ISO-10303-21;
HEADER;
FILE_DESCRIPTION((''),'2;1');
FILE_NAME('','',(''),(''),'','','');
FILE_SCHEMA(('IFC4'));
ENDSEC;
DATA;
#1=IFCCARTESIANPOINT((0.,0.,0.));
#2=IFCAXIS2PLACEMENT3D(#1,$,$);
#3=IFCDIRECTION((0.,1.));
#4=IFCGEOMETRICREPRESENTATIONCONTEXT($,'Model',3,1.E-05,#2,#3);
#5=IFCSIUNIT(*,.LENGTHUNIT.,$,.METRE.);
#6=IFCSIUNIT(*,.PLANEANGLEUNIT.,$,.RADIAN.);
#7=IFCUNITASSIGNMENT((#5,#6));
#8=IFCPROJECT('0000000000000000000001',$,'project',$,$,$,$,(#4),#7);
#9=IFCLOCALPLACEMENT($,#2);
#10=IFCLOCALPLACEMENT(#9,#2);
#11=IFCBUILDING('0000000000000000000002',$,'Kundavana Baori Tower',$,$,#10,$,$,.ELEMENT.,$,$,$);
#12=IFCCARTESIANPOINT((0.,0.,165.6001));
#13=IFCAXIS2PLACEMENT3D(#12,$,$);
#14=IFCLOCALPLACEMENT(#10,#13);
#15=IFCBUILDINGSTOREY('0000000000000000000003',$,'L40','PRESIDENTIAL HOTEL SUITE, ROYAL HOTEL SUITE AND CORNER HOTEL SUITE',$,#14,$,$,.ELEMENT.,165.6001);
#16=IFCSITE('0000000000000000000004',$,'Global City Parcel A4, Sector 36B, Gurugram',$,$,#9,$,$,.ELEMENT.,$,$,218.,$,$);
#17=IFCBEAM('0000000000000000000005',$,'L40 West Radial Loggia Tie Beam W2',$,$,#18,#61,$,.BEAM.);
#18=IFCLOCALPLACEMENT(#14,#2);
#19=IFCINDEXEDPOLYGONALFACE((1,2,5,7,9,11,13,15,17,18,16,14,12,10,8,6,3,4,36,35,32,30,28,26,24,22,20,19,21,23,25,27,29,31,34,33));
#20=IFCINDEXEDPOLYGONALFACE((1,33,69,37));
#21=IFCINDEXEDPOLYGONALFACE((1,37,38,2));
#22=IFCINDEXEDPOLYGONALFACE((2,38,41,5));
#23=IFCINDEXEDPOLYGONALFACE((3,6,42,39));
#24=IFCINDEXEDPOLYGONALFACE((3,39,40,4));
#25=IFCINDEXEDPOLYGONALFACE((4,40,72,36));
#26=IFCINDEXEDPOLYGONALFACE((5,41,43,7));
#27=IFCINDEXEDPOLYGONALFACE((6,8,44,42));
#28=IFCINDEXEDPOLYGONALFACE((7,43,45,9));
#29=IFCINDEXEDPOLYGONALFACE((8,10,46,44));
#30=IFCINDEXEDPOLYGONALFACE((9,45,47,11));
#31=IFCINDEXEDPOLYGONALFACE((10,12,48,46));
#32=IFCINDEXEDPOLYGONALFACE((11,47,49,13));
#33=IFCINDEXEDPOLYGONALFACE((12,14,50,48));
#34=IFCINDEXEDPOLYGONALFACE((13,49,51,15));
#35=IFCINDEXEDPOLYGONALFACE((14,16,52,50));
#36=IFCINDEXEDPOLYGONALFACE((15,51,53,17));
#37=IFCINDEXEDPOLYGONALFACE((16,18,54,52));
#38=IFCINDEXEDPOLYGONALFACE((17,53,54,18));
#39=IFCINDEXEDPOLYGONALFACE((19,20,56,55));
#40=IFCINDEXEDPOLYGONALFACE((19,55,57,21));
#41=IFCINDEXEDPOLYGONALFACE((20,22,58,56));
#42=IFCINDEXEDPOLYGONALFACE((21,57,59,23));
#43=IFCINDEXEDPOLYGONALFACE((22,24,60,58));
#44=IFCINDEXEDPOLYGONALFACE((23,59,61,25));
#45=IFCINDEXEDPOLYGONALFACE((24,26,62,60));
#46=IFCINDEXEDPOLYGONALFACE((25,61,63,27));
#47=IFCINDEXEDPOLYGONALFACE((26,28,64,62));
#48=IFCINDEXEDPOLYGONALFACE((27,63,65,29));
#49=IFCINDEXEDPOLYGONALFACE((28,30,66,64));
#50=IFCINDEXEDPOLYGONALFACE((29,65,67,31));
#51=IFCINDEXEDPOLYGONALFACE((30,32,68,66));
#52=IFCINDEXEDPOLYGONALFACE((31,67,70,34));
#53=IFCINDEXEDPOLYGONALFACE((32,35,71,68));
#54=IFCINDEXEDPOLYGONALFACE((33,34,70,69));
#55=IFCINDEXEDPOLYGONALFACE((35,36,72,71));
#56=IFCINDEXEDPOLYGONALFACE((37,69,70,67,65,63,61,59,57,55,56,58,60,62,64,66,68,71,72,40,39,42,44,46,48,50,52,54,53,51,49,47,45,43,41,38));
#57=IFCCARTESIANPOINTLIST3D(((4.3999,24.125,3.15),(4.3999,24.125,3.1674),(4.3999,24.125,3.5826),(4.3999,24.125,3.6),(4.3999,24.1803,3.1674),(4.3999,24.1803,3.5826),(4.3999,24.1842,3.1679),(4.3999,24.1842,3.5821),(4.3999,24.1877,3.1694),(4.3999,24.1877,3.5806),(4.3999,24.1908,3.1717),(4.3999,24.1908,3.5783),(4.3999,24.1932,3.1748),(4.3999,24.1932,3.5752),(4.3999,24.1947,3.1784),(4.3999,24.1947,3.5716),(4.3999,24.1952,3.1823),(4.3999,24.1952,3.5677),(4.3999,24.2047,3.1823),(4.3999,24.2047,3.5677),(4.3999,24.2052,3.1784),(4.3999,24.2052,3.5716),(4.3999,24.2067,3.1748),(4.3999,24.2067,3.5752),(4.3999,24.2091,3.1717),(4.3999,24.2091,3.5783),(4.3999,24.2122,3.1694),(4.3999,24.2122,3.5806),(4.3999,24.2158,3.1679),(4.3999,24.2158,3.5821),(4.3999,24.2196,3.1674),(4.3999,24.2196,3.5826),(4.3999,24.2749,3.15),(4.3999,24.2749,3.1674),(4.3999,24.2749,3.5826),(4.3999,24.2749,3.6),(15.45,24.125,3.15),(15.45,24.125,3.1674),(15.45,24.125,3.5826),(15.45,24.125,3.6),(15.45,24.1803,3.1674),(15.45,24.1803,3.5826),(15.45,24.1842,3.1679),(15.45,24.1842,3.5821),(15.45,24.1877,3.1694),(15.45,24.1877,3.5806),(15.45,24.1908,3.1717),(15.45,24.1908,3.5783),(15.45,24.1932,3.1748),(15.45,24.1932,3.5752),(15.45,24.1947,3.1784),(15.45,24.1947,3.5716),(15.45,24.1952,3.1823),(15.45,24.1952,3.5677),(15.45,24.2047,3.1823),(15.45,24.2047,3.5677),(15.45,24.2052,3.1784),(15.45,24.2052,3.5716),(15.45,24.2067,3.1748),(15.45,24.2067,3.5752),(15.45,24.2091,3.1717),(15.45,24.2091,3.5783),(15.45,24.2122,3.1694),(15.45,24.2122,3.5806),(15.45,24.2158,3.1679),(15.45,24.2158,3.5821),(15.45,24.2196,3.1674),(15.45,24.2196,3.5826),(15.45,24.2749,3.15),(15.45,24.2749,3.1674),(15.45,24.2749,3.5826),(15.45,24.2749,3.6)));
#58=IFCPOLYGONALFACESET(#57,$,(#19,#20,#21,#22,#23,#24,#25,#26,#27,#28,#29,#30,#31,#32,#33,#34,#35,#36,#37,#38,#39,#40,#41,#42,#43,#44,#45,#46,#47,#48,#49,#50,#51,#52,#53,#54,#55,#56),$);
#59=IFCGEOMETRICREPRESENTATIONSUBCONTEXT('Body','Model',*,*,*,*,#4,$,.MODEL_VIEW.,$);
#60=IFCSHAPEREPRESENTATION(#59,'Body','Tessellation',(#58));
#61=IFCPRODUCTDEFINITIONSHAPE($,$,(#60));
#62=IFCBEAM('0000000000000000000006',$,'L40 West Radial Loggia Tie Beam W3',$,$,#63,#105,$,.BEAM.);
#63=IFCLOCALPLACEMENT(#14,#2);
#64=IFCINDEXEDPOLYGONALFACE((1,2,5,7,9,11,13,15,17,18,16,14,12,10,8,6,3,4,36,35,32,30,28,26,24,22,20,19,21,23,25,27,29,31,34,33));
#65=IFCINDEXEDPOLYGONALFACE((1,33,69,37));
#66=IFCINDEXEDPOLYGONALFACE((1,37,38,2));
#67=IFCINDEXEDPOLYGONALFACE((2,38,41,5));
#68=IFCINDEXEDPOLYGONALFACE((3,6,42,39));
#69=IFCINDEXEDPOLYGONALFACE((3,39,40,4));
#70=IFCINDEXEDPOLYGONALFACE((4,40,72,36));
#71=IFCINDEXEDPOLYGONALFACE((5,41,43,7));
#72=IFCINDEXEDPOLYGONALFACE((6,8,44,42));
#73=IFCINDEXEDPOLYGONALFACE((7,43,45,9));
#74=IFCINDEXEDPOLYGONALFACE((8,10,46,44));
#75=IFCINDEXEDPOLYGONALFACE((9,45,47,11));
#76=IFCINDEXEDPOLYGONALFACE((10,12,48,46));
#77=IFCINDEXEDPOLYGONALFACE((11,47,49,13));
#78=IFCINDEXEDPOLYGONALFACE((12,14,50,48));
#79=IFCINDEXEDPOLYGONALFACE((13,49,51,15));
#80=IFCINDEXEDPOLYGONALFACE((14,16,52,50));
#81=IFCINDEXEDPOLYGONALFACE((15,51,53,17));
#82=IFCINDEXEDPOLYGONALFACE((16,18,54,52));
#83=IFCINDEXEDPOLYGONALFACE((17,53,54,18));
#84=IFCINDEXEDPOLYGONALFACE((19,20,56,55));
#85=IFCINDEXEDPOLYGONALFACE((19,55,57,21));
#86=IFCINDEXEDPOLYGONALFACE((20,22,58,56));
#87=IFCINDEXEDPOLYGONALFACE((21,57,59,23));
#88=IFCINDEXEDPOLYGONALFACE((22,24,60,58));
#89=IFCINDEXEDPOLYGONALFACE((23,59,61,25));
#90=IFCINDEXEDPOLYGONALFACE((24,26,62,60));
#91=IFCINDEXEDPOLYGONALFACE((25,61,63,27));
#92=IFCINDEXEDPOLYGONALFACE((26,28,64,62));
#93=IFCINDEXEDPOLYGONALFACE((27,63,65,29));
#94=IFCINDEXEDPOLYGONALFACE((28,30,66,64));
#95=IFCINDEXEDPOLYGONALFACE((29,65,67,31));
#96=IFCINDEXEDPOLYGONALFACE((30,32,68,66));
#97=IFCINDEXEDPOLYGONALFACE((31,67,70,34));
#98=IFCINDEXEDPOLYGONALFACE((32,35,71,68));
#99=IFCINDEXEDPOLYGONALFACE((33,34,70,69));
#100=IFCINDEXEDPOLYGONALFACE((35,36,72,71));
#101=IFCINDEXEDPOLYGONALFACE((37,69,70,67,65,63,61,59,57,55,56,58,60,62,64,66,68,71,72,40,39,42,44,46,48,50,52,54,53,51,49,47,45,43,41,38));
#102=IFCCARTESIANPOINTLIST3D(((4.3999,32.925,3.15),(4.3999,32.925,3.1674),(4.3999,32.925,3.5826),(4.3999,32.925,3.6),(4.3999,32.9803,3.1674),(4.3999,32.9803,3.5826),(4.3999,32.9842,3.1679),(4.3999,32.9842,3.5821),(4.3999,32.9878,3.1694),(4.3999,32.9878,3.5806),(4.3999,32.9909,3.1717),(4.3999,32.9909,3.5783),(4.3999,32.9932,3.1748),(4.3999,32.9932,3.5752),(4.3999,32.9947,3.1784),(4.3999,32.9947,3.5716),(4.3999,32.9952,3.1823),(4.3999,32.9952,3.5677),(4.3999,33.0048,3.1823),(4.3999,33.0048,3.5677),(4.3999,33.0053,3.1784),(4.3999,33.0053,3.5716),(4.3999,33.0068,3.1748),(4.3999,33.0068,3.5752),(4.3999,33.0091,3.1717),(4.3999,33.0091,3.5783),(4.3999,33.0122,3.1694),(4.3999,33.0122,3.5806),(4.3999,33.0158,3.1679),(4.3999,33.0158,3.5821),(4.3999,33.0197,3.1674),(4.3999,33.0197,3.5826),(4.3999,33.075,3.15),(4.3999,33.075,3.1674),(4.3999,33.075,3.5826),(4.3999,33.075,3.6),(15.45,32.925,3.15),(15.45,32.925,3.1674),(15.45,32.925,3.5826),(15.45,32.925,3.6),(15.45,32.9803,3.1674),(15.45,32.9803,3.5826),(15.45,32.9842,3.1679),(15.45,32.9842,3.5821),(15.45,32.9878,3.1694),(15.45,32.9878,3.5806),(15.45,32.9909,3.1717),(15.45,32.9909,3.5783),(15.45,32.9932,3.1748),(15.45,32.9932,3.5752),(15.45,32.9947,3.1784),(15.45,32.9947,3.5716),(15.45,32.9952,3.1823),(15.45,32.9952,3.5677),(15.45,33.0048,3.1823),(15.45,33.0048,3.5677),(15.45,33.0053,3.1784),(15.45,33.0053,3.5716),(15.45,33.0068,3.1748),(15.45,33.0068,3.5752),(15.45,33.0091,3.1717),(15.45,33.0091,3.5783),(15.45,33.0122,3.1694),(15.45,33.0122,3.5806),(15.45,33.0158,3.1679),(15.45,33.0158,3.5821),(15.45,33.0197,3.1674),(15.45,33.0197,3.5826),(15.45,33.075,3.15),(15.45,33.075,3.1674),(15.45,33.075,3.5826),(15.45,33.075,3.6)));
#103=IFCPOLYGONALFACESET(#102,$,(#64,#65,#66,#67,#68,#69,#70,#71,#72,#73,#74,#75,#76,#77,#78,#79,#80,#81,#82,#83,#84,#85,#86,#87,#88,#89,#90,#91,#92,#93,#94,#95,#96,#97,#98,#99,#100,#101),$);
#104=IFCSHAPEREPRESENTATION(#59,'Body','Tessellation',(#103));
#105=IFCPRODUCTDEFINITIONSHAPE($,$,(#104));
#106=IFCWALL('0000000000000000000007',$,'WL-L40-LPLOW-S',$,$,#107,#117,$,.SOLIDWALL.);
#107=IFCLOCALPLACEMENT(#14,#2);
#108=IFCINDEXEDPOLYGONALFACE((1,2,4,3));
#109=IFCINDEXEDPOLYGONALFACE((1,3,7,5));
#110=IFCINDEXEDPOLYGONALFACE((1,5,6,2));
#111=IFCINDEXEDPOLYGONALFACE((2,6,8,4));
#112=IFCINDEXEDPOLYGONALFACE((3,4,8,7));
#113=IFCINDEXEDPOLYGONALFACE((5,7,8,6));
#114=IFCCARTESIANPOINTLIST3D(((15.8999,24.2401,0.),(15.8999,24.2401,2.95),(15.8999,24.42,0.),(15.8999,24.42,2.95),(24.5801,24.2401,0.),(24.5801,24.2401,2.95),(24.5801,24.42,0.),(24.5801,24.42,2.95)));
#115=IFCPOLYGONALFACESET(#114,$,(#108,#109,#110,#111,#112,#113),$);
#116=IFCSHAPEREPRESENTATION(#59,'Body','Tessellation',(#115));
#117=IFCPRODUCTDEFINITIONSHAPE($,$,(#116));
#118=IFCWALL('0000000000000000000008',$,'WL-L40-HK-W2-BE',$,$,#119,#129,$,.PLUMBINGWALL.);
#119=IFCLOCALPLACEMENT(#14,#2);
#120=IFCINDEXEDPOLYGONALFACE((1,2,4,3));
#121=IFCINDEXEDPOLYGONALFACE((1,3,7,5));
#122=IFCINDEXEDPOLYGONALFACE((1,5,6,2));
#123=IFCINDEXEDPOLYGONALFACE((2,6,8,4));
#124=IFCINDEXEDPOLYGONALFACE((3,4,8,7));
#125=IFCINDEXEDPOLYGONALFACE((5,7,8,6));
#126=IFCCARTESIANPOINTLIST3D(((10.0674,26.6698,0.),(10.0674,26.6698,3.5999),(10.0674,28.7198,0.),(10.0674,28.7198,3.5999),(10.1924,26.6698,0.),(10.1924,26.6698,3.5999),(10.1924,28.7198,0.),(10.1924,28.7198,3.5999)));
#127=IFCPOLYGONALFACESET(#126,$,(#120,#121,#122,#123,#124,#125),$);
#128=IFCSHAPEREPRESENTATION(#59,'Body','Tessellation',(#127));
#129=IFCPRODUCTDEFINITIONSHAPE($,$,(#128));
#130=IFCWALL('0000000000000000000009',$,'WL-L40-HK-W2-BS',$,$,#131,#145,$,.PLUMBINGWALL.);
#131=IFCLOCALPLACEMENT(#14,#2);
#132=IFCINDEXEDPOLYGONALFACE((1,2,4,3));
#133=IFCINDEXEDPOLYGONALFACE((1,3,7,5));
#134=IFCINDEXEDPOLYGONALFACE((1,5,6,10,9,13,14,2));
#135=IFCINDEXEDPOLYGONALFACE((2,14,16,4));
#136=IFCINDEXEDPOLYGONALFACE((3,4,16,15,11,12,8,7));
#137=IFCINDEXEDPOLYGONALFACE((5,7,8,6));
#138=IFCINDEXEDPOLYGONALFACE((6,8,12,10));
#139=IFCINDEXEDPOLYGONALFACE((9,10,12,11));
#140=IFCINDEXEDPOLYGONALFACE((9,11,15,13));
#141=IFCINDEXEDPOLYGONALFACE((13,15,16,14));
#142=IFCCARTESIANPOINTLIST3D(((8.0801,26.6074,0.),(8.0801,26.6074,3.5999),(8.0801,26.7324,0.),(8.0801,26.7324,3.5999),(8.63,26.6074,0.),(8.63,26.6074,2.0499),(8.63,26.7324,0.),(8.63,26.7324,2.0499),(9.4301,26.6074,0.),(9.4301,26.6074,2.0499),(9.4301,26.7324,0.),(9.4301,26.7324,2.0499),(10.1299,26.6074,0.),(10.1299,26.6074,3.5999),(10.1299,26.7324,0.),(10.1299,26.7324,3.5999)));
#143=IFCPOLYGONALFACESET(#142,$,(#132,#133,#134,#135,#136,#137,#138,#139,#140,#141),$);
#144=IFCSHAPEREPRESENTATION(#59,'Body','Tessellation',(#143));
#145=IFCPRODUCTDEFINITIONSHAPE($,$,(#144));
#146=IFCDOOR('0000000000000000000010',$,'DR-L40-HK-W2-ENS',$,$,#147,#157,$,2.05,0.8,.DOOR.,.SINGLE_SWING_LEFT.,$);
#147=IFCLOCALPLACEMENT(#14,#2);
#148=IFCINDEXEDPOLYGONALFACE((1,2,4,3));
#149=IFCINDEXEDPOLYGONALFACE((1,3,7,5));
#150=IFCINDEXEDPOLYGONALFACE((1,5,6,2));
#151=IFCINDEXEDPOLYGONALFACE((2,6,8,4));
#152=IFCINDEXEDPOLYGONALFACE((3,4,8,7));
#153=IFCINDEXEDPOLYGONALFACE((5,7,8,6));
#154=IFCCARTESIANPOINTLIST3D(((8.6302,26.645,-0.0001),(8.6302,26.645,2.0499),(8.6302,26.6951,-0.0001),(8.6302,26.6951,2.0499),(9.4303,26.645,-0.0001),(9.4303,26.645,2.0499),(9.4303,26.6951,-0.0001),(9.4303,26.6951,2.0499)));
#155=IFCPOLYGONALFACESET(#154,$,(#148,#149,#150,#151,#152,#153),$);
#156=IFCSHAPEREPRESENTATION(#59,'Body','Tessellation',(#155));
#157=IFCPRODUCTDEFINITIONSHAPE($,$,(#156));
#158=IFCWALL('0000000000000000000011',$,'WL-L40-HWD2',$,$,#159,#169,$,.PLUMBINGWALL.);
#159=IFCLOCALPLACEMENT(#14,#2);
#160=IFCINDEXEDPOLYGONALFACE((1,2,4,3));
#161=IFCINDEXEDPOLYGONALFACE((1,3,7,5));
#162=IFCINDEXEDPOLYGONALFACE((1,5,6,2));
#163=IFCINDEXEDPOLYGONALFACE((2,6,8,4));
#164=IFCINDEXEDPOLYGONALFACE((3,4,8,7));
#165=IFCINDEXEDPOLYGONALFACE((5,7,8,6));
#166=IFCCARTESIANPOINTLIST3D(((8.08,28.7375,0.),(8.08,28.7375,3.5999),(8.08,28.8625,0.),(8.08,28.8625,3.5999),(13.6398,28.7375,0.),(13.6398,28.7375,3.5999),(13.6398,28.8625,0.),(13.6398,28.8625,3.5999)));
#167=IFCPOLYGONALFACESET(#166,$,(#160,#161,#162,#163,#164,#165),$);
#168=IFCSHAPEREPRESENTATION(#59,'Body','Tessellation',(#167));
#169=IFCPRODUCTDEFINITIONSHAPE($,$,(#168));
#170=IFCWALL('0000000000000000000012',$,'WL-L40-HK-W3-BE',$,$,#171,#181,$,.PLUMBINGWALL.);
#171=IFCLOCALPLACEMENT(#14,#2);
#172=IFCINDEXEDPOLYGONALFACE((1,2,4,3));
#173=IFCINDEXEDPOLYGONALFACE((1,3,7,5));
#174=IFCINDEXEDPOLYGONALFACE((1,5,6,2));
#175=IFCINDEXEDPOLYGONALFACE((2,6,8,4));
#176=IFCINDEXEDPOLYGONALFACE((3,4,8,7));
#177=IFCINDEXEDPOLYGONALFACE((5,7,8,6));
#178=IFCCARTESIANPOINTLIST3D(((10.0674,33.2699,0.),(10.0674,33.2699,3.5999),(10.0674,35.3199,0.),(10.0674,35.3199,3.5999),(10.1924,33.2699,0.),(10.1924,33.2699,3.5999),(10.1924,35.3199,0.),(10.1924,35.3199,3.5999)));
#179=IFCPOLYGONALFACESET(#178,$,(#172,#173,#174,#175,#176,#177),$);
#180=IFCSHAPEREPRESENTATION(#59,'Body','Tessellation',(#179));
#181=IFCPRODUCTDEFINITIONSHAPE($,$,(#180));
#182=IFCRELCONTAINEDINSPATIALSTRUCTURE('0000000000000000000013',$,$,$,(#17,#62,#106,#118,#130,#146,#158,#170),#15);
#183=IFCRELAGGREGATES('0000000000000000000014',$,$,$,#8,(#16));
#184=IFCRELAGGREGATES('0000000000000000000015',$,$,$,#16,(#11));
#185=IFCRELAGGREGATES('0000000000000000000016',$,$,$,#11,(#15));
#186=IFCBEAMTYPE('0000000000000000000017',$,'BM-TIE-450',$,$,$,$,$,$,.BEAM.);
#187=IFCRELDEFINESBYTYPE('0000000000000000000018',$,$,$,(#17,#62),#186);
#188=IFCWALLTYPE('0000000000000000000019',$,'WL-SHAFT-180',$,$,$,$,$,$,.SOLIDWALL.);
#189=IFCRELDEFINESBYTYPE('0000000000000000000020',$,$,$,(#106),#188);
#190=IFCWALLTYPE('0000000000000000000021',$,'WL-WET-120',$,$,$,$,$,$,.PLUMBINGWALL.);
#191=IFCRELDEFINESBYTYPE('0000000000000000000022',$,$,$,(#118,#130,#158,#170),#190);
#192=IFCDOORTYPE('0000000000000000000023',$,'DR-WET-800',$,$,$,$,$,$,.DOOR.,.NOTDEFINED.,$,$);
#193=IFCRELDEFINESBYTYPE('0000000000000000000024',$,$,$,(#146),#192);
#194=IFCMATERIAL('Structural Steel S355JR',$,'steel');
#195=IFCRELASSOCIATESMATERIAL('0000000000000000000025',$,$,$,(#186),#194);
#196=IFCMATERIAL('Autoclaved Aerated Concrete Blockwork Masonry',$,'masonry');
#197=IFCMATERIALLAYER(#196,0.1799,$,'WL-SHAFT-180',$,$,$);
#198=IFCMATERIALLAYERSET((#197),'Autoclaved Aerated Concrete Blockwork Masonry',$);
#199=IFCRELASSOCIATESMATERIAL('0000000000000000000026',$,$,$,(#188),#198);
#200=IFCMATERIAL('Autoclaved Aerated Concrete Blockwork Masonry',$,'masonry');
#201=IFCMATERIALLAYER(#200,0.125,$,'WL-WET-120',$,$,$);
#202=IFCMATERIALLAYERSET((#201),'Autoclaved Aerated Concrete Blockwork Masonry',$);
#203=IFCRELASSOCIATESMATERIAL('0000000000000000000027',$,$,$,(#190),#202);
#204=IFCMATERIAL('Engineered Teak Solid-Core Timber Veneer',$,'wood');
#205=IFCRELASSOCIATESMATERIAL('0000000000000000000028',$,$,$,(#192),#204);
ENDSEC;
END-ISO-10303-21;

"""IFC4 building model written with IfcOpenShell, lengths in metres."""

from ifc_helpers import new_model, si_unit, direction, frame, frame_2d, origin, origin_2d, place, context, subcontext, project, spatial, rectangle, i_section, extrude, material, layer, layer_set, material_profile, profile_set, type_object, element, fill, save


model = new_model("IFC4")

# Units and contexts
model_context = context("Model", 3, precision=1e-05, world=origin(), true_north=direction((0.0, 1.0)))
body_context = subcontext(model_context, "Body", "Model", "MODEL_VIEW")
ifc_project = project(units=[si_unit("LENGTHUNIT", "METRE"), si_unit("PLANEANGLEUNIT", "RADIAN")], contexts=[model_context])

# Site, building, storey
site_placement = place(None, origin())
site = spatial("IfcSite", under=ifc_project, at=site_placement, Name="Global City Parcel A4, Sector 36B, Gurugram", CompositionType="ELEMENT", RefElevation=218.0)
building_placement = place(site_placement, origin())
building = spatial("IfcBuilding", under=site, at=building_placement, Name="Kundavana Baori Tower", CompositionType="ELEMENT")
storey_placement = place(building_placement, frame((0.0, 0.0, 165.6001)))
storey = spatial("IfcBuildingStorey", under=building, at=storey_placement, Name="L40", Description="PRESIDENTIAL HOTEL SUITE, ROYAL HOTEL SUITE AND CORNER HOTEL SUITE", CompositionType="ELEMENT", Elevation=165.6001)

# Beams
ifc_material_1 = material(Name="Structural Steel S355JR", Category="steel")
ifc_material_profile_1 = material_profile(ifc_material_1, i_section(OverallWidth=0.1499, OverallDepth=0.45, WebThickness=0.0095, FlangeThickness=0.0173, FilletRadius=0.0149, at=origin_2d()), Name="ISMB 450")
ifc_profile_set_1 = profile_set([ifc_material_profile_1], Name="Structural Steel S355JR")
beam_type_1 = type_object("IfcBeamType", Name="BM-TIE-450", PredefinedType="BEAM", material=ifc_profile_set_1)
for number, where, z_axis, x_axis, name in (
    (1, (15.45, 24.2, 3.375), (-1.0, 0.0, 0.0), (0.0, -1.0, 0.0), "L40 West Radial Loggia Tie Beam W2"),
    (2, (15.45, 33.0, 3.375), (-1.0, 0.0, 0.0), (0.0, -1.0, 0.0), "L40 West Radial Loggia Tie Beam W3"),
):
    element("IfcBeam", number, at=place(storey_placement, frame(where, z_axis=z_axis, x_axis=x_axis)), inside=storey, type_object=beam_type_1, Name=name, PredefinedType="BEAM", context=body_context, shape_type="SweptSolid", body=[
        extrude(i_section(OverallWidth=0.1499, OverallDepth=0.45, WebThickness=0.0095, FlangeThickness=0.0173, FilletRadius=0.0149, at=origin_2d()), origin(), (0.0, 0.0, 1.0), 11.05),
    ])

# Walls
ifc_material_2 = material(Name="Autoclaved Aerated Concrete Blockwork Masonry", Category="masonry")
ifc_layer_1 = layer(ifc_material_2, 0.1799, Name="WL-SHAFT-180")
ifc_layer_set_1 = layer_set([ifc_layer_1], Name="Autoclaved Aerated Concrete Blockwork Masonry")
wall_type_1 = type_object("IfcWallType", Name="WL-SHAFT-180", PredefinedType="SOLIDWALL", material=ifc_layer_set_1)
wall_1_placement = place(storey_placement, frame((15.8999, 24.3301, 0.0), z_axis=(0.0, 0.0, 1.0), x_axis=(1.0, 0.0, 0.0)))
element("IfcWall", 3, at=wall_1_placement, inside=storey, type_object=wall_type_1, Name="WL-L40-LPLOW-S", PredefinedType="SOLIDWALL", context=body_context, shape_type="SweptSolid", body=[
    extrude(rectangle(XDim=8.6802, YDim=0.1799, at=frame_2d((4.3401, 0.0))), origin(), (0.0, 0.0, 1.0), 2.95),
])
ifc_material_3 = material(Name="Autoclaved Aerated Concrete Blockwork Masonry", Category="masonry")
ifc_layer_2 = layer(ifc_material_3, 0.125, Name="WL-WET-120")
ifc_layer_set_2 = layer_set([ifc_layer_2], Name="Autoclaved Aerated Concrete Blockwork Masonry")
wall_type_2 = type_object("IfcWallType", Name="WL-WET-120", PredefinedType="PLUMBINGWALL", material=ifc_layer_set_2)
wall_2_placement = place(storey_placement, frame((10.1299, 26.6699, 0.0), z_axis=(0.0, 0.0, 1.0), x_axis=(0.0, 1.0, 0.0)))
element("IfcWall", 4, at=wall_2_placement, inside=storey, type_object=wall_type_2, Name="WL-L40-HK-W2-BE", PredefinedType="PLUMBINGWALL", context=body_context, shape_type="SweptSolid", body=[
    extrude(rectangle(XDim=2.05, YDim=0.125, at=frame_2d((1.0249, 0.0))), origin(), (0.0, 0.0, 1.0), 3.5999),
])

# Wall, opening, door
wall_3_placement = place(storey_placement, frame((8.0801, 26.6699, 0.0), z_axis=(0.0, 0.0, 1.0), x_axis=(1.0, 0.0, 0.0)))
wall_3 = element("IfcWall", 5, at=wall_3_placement, inside=storey, type_object=wall_type_2, Name="WL-L40-HK-W2-BS", PredefinedType="PLUMBINGWALL", context=body_context, shape_type="SweptSolid", body=[
    extrude(rectangle(XDim=2.0498, YDim=0.125, at=frame_2d((1.0249, 0.0))), origin(), (0.0, 0.0, 1.0), 3.5999),
])
opening_1_placement = place(wall_3_placement, frame((0.55, 0.0, 0.0)))
opening_1 = element("IfcOpeningElement", 6, at=opening_1_placement, cuts=wall_3, PredefinedType="OPENING", context=body_context, shape_type="SweptSolid", body=[
    extrude(rectangle(XDim=0.8, YDim=2.05, at=frame_2d((0.3999, 1.0249))), frame((0.0, 0.0725, 0.0), z_axis=(0.0, -1.0, 0.0), x_axis=(1.0, 0.0, 0.0)), (0.0, 0.0, 1.0), 0.145),
])
ifc_material_4 = material(Name="Engineered Teak Solid-Core Timber Veneer", Category="wood")
door_type = type_object("IfcDoorType", Name="DR-WET-800", OperationType="NOTDEFINED", PredefinedType="DOOR", material=ifc_material_4)
door_1_placement = place(opening_1_placement, frame((0.8, 0.0, 0.0), z_axis=(0.0, 0.0, 1.0), x_axis=(-1.0, 0.0, 0.0)))
door_1 = element("IfcDoor", 7, at=door_1_placement, inside=storey, type_object=door_type, Name="DR-L40-HK-W2-ENS", OperationType="SINGLE_SWING_LEFT", OverallHeight=2.05, OverallWidth=0.8, PredefinedType="DOOR", context=body_context, shape_type="SweptSolid", body=[
    extrude(rectangle(XDim=0.8, YDim=2.05, at=frame_2d((0.3999, 1.0249))), frame((0.0, 0.0249, 0.0), z_axis=(0.0, -1.0, 0.0), x_axis=(1.0, 0.0, 0.0)), (0.0, 0.0, 1.0), 0.05),
])
fill(opening_1, door_1)

# Walls
wall_4_placement = place(storey_placement, frame((8.0801, 28.8, 0.0), z_axis=(0.0, 0.0, 1.0), x_axis=(1.0, 0.0, 0.0)))
element("IfcWall", 8, at=wall_4_placement, inside=storey, type_object=wall_type_2, Name="WL-L40-HWD2", PredefinedType="PLUMBINGWALL", context=body_context, shape_type="SweptSolid", body=[
    extrude(rectangle(XDim=5.5598, YDim=0.125, at=frame_2d((2.7798, 0.0))), origin(), (0.0, 0.0, 1.0), 3.5999),
])
wall_5_placement = place(storey_placement, frame((10.1299, 33.27, 0.0), z_axis=(0.0, 0.0, 1.0), x_axis=(0.0, 1.0, 0.0)))
element("IfcWall", 9, at=wall_5_placement, inside=storey, type_object=wall_type_2, Name="WL-L40-HK-W3-BE", PredefinedType="PLUMBINGWALL", context=body_context, shape_type="SweptSolid", body=[
    extrude(rectangle(XDim=2.05, YDim=0.125, at=frame_2d((1.0249, 0.0))), origin(), (0.0, 0.0, 1.0), 3.5999),
])

save(model, "model.ifc")
